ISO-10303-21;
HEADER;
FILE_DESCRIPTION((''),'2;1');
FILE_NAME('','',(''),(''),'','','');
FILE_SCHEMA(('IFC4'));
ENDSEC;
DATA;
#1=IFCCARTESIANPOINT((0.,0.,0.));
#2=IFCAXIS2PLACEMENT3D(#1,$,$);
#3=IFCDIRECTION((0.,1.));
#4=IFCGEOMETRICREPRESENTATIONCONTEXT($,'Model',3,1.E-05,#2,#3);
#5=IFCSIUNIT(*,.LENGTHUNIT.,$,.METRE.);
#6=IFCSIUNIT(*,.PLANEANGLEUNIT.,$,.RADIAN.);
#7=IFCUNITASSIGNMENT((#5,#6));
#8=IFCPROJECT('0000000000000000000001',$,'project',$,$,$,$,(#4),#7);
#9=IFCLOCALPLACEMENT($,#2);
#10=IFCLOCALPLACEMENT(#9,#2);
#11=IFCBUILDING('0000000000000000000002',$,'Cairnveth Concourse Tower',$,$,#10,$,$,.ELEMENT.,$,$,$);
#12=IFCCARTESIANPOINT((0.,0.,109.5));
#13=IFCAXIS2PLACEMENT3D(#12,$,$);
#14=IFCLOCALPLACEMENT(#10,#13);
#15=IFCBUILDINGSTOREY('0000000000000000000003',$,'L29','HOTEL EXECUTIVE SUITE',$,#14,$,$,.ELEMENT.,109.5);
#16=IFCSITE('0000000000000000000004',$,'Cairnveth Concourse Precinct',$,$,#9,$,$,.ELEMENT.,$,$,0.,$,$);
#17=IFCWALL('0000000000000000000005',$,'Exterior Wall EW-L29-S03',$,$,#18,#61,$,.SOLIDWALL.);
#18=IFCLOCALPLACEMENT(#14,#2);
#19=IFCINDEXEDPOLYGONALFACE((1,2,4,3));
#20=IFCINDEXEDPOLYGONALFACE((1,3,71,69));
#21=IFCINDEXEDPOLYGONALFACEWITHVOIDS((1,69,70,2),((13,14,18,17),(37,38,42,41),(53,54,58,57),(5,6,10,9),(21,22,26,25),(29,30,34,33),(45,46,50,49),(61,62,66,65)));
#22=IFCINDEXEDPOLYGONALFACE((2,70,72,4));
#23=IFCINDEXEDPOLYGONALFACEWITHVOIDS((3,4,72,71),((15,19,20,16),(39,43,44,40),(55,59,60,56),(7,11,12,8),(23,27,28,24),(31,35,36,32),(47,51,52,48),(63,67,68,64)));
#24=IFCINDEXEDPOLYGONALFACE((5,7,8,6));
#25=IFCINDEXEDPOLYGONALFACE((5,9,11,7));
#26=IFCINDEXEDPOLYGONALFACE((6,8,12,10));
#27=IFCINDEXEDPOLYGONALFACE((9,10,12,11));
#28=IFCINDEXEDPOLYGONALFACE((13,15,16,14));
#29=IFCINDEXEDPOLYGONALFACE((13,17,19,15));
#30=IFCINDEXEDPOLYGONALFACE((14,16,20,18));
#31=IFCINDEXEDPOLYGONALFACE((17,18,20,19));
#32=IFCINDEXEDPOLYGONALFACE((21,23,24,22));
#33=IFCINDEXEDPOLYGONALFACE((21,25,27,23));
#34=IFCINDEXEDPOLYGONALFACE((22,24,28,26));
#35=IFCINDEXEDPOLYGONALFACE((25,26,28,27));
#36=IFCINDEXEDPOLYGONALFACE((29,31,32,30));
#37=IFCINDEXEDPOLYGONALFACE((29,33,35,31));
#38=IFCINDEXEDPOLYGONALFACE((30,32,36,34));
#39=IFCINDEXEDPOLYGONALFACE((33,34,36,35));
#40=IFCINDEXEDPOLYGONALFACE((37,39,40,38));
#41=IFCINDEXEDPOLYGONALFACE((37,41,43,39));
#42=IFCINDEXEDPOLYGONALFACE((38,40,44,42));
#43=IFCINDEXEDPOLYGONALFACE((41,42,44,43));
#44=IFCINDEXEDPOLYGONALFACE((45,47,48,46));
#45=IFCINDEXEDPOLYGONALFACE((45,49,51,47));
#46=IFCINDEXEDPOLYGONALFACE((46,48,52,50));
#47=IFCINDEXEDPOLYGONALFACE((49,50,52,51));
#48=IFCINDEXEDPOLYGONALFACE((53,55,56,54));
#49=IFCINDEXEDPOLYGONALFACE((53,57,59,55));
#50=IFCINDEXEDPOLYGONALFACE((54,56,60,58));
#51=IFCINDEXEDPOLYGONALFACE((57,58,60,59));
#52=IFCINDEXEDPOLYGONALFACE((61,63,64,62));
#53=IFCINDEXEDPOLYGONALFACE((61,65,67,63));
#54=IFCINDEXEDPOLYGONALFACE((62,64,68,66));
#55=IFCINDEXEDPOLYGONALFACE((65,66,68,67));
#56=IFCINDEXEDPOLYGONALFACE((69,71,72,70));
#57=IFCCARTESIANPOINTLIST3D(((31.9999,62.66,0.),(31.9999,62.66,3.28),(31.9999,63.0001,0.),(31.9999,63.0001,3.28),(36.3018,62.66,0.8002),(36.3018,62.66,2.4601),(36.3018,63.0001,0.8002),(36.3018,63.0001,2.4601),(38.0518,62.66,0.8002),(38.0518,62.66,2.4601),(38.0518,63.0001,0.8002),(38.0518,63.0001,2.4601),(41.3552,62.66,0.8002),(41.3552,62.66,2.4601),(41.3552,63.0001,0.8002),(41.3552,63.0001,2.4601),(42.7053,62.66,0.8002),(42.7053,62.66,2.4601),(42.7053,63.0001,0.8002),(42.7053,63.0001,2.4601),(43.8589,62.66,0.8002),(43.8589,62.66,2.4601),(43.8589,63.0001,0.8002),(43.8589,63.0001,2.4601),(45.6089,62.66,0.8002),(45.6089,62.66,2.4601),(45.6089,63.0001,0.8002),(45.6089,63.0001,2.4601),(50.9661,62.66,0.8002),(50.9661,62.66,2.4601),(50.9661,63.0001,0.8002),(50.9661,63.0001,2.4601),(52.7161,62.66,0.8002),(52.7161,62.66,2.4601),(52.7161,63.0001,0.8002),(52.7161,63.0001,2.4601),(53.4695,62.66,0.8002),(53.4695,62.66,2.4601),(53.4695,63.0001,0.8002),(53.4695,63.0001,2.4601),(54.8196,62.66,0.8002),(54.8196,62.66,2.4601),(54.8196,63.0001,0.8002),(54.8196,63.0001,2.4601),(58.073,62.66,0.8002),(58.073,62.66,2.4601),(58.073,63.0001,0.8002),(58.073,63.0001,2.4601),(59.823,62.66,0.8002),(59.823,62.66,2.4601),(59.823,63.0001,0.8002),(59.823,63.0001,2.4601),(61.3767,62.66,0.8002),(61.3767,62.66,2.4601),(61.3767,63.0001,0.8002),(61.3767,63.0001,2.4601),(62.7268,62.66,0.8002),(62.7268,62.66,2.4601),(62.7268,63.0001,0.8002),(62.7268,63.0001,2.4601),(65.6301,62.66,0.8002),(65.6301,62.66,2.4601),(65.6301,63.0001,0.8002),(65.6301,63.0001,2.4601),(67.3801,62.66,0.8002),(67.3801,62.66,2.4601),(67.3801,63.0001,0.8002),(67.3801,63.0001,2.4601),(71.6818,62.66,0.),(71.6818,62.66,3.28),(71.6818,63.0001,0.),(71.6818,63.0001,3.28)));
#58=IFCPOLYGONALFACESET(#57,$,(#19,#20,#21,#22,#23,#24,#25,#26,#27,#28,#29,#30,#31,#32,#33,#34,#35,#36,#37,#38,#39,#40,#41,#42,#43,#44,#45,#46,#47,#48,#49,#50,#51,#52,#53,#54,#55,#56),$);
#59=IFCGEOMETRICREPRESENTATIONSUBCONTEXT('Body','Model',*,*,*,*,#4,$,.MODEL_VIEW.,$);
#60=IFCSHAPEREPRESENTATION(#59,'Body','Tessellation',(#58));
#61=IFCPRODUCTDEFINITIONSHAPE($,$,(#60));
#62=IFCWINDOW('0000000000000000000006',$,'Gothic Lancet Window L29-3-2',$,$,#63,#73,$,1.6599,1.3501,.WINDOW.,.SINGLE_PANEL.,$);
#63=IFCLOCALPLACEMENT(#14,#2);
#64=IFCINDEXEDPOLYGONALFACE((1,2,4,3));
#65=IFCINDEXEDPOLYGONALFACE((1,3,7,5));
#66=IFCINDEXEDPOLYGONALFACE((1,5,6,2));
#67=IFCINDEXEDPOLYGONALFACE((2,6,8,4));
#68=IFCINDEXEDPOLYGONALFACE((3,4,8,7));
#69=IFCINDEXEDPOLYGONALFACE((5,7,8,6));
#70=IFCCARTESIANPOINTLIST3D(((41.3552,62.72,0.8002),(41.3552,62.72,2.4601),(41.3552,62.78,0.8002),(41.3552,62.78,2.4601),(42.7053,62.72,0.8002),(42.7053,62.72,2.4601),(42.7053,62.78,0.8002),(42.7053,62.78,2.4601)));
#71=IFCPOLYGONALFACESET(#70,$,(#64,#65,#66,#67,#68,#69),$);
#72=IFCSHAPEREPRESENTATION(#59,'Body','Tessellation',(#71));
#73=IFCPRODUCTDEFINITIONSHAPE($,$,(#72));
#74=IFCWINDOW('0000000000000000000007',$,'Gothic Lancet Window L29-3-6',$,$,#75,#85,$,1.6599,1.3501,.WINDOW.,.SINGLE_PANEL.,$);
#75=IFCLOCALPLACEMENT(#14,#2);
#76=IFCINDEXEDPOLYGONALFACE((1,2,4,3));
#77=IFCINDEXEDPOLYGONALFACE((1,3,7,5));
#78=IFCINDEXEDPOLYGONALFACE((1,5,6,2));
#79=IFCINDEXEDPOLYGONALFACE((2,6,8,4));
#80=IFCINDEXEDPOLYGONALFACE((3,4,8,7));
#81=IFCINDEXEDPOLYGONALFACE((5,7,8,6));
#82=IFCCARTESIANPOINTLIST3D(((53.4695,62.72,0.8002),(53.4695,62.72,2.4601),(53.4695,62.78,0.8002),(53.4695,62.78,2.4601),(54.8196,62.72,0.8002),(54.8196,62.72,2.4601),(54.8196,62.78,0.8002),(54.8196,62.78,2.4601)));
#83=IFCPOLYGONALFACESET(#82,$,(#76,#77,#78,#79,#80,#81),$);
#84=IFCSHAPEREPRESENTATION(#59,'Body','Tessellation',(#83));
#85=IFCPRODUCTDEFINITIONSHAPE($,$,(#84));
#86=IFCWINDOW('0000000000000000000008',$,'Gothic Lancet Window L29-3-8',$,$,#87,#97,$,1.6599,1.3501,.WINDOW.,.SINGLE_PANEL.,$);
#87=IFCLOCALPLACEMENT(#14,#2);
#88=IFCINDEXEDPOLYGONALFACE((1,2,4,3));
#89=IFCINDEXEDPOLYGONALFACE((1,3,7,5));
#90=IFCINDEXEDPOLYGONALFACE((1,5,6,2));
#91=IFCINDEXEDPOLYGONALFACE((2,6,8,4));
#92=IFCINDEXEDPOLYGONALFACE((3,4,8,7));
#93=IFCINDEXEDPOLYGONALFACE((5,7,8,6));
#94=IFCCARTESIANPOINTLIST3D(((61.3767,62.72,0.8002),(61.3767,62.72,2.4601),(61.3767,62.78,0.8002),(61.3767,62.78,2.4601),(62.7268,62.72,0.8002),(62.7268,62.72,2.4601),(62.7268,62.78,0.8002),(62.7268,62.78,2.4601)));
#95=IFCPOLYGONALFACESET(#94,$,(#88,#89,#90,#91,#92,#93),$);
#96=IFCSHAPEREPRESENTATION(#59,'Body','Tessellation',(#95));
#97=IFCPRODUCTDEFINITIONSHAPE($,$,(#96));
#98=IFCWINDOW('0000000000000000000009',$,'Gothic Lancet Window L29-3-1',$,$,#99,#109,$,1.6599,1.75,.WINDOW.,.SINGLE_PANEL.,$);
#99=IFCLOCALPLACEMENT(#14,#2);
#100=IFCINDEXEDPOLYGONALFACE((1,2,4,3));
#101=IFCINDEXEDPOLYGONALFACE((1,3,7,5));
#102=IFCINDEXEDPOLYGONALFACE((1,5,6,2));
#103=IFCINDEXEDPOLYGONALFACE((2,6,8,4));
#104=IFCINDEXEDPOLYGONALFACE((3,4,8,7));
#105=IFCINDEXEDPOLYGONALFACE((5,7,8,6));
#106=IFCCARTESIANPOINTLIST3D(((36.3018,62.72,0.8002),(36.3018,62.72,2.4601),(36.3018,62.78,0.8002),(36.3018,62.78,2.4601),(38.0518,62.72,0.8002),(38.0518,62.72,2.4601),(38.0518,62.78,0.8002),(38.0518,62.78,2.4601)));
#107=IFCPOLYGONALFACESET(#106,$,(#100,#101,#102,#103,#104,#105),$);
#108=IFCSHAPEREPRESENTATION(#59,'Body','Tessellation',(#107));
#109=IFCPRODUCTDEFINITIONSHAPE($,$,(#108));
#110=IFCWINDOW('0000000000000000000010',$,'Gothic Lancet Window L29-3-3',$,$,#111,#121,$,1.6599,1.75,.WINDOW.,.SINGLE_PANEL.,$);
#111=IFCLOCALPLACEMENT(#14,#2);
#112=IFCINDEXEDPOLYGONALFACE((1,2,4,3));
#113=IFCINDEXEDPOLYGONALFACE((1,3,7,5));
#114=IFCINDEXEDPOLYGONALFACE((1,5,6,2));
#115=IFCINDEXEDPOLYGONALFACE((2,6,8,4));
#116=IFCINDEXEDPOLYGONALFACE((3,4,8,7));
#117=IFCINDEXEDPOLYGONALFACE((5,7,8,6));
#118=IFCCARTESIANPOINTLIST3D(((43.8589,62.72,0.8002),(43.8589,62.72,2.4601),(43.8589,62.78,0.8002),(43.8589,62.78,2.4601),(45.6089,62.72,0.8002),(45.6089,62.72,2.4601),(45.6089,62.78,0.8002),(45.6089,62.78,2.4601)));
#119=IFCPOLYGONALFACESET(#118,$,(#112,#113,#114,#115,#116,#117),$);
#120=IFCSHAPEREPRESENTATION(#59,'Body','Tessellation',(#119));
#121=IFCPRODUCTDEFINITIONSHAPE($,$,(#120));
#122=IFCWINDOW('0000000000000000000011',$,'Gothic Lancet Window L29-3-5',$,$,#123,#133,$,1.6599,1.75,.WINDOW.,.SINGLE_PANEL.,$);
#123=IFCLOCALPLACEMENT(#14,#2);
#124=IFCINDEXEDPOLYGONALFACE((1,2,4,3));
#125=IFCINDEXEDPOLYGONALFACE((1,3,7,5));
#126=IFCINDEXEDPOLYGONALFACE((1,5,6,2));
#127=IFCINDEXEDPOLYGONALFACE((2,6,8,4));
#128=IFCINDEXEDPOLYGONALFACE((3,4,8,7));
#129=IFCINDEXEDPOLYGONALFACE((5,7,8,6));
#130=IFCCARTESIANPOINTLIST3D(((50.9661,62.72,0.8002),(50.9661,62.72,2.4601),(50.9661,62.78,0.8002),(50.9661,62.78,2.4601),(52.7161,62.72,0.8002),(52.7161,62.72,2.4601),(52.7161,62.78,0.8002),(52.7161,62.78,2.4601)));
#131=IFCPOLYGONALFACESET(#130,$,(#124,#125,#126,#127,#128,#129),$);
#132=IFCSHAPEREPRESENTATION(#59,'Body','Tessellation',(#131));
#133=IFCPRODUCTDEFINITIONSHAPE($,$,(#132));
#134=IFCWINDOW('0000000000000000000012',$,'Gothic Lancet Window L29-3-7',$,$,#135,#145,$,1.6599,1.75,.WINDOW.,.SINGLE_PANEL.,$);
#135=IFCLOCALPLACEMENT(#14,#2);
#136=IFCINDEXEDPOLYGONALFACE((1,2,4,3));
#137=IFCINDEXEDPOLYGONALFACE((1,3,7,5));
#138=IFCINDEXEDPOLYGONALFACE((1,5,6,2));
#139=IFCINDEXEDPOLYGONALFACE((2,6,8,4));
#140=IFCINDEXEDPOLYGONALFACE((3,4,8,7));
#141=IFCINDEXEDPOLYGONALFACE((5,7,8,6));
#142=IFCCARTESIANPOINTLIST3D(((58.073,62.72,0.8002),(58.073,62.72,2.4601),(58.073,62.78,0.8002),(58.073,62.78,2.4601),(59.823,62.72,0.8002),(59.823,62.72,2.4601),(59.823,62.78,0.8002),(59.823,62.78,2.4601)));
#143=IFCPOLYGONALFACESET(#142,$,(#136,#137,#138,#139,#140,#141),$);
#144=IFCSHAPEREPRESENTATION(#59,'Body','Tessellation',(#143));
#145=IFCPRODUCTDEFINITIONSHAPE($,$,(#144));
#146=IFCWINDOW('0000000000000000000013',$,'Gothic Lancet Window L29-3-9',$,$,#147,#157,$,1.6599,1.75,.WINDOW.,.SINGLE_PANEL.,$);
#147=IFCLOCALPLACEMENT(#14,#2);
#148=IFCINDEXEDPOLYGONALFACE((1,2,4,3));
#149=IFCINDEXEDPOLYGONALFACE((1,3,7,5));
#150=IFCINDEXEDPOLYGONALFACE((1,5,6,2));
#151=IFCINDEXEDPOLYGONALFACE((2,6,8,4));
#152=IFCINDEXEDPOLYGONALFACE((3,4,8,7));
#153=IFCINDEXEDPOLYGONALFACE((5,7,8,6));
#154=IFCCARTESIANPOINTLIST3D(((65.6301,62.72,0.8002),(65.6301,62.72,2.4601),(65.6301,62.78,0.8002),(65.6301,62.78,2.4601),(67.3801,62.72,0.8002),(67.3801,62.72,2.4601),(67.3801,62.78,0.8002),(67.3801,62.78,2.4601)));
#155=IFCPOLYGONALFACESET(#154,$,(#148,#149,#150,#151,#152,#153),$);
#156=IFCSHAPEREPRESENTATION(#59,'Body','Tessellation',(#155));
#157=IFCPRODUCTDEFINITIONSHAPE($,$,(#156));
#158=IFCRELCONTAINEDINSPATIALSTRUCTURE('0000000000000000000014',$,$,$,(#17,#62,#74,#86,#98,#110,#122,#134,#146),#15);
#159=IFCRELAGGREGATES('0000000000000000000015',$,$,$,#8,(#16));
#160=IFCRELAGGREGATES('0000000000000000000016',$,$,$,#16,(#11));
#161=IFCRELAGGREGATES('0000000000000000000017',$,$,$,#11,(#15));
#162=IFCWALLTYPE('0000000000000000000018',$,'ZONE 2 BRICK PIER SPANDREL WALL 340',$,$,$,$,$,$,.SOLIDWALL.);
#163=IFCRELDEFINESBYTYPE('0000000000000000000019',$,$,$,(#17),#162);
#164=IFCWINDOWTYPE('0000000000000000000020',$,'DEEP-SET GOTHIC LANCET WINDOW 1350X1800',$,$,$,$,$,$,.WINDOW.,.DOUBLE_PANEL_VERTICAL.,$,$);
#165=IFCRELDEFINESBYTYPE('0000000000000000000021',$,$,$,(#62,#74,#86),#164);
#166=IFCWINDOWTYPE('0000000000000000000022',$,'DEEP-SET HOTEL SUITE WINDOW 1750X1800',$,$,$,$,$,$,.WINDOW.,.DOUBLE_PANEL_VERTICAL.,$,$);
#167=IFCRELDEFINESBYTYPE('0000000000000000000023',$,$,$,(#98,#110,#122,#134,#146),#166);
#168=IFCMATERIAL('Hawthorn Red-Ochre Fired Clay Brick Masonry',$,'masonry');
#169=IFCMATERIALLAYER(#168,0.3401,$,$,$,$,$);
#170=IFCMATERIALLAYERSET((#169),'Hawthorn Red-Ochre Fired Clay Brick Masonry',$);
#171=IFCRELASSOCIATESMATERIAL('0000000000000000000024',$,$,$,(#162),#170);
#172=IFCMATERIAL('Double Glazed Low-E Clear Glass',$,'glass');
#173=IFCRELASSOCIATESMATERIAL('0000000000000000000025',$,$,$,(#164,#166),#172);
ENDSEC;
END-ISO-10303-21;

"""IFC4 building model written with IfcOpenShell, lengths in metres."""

from ifc_helpers import new_model, si_unit, direction, frame, frame_2d, origin, place, context, subcontext, project, spatial, rectangle, extrude, material, layer, layer_set, type_object, element, fill, save


model = new_model("IFC4")

# Units and contexts
model_context = context("Model", 3, precision=1e-05, world=origin(), true_north=direction((0.0, 1.0)))
body_context = subcontext(model_context, "Body", "Model", "MODEL_VIEW")
ifc_project = project(units=[si_unit("LENGTHUNIT", "METRE"), si_unit("PLANEANGLEUNIT", "RADIAN")], contexts=[model_context])

# Site, building, storey
site_placement = place(None, origin())
site = spatial("IfcSite", under=ifc_project, at=site_placement, Name="Cairnveth Concourse Precinct", CompositionType="ELEMENT", RefElevation=0.0)
building_placement = place(site_placement, origin())
building = spatial("IfcBuilding", under=site, at=building_placement, Name="Cairnveth Concourse Tower", CompositionType="ELEMENT")
storey_placement = place(building_placement, frame((0.0, 0.0, 109.5)))
storey = spatial("IfcBuildingStorey", under=building, at=storey_placement, Name="L29", Description="HOTEL EXECUTIVE SUITE", CompositionType="ELEMENT", Elevation=109.5)

# Shared definitions
ifc_material_1 = material(Name="Hawthorn Red-Ochre Fired Clay Brick Masonry", Category="masonry")
ifc_layer_1 = layer(ifc_material_1, 0.3401)
ifc_layer_set_1 = layer_set([ifc_layer_1], Name="Hawthorn Red-Ochre Fired Clay Brick Masonry")
wall_type_1 = type_object("IfcWallType", Name="ZONE 2 BRICK PIER SPANDREL WALL 340", PredefinedType="SOLIDWALL", material=ifc_layer_set_1)

# Wall, openings, windows
wall_1_placement = place(storey_placement, frame((32.0, 62.8301, 0.0), z_axis=(0.0, 0.0, 1.0), x_axis=(1.0, 0.0, 0.0)))
wall_1 = element("IfcWall", 1, at=wall_1_placement, inside=storey, type_object=wall_type_1, Name="Exterior Wall EW-L29-S03", PredefinedType="SOLIDWALL", context=body_context, shape_type="SweptSolid", body=[
    extrude(rectangle(XDim=39.6819, YDim=0.3401, at=frame_2d((19.8408, 0.0))), origin(), (0.0, 0.0, 1.0), 3.28),
])
opening_1_placement = place(wall_1_placement, frame((4.3018, 0.0, 0.8)))
opening_1 = element("IfcOpeningElement", 2, at=opening_1_placement, cuts=wall_1, PredefinedType="OPENING", context=body_context, shape_type="SweptSolid", body=[
    extrude(rectangle(XDim=1.75, YDim=1.6599, at=frame_2d((0.875, 0.8301))), frame((0.0, 0.1799, 0.0), z_axis=(0.0, -1.0, 0.0), x_axis=(1.0, 0.0, 0.0)), (0.0, 0.0, 1.0), 0.3601),
])
opening_2_placement = place(wall_1_placement, frame((9.3552, 0.0, 0.8)))
opening_2 = element("IfcOpeningElement", 3, at=opening_2_placement, cuts=wall_1, PredefinedType="OPENING", context=body_context, shape_type="SweptSolid", body=[
    extrude(rectangle(XDim=1.3501, YDim=1.6599, at=frame_2d((0.675, 0.8301))), frame((0.0, 0.1799, 0.0), z_axis=(0.0, -1.0, 0.0), x_axis=(1.0, 0.0, 0.0)), (0.0, 0.0, 1.0), 0.3601),
])
opening_3_placement = place(wall_1_placement, frame((11.8589, 0.0, 0.8)))
opening_3 = element("IfcOpeningElement", 4, at=opening_3_placement, cuts=wall_1, PredefinedType="OPENING", context=body_context, shape_type="SweptSolid", body=[
    extrude(rectangle(XDim=1.75, YDim=1.6599, at=frame_2d((0.875, 0.8301))), frame((0.0, 0.1799, 0.0), z_axis=(0.0, -1.0, 0.0), x_axis=(1.0, 0.0, 0.0)), (0.0, 0.0, 1.0), 0.3601),
])
opening_4_placement = place(wall_1_placement, frame((18.9661, 0.0, 0.8)))
opening_4 = element("IfcOpeningElement", 5, at=opening_4_placement, cuts=wall_1, PredefinedType="OPENING", context=body_context, shape_type="SweptSolid", body=[
    extrude(rectangle(XDim=1.75, YDim=1.6599, at=frame_2d((0.875, 0.8301))), frame((0.0, 0.1799, 0.0), z_axis=(0.0, -1.0, 0.0), x_axis=(1.0, 0.0, 0.0)), (0.0, 0.0, 1.0), 0.3601),
])
opening_5_placement = place(wall_1_placement, frame((21.4695, 0.0, 0.8)))
opening_5 = element("IfcOpeningElement", 6, at=opening_5_placement, cuts=wall_1, PredefinedType="OPENING", context=body_context, shape_type="SweptSolid", body=[
    extrude(rectangle(XDim=1.3501, YDim=1.6599, at=frame_2d((0.675, 0.8301))), frame((0.0, 0.1799, 0.0), z_axis=(0.0, -1.0, 0.0), x_axis=(1.0, 0.0, 0.0)), (0.0, 0.0, 1.0), 0.3601),
])
opening_6_placement = place(wall_1_placement, frame((26.073, 0.0, 0.8)))
opening_6 = element("IfcOpeningElement", 7, at=opening_6_placement, cuts=wall_1, PredefinedType="OPENING", context=body_context, shape_type="SweptSolid", body=[
    extrude(rectangle(XDim=1.75, YDim=1.6599, at=frame_2d((0.875, 0.8301))), frame((0.0, 0.1799, 0.0), z_axis=(0.0, -1.0, 0.0), x_axis=(1.0, 0.0, 0.0)), (0.0, 0.0, 1.0), 0.3601),
])
opening_7_placement = place(wall_1_placement, frame((29.3767, 0.0, 0.8)))
opening_7 = element("IfcOpeningElement", 8, at=opening_7_placement, cuts=wall_1, PredefinedType="OPENING", context=body_context, shape_type="SweptSolid", body=[
    extrude(rectangle(XDim=1.3501, YDim=1.6599, at=frame_2d((0.675, 0.8301))), frame((0.0, 0.1799, 0.0), z_axis=(0.0, -1.0, 0.0), x_axis=(1.0, 0.0, 0.0)), (0.0, 0.0, 1.0), 0.3601),
])
opening_8_placement = place(wall_1_placement, frame((33.6301, 0.0, 0.8)))
opening_8 = element("IfcOpeningElement", 9, at=opening_8_placement, cuts=wall_1, PredefinedType="OPENING", context=body_context, shape_type="SweptSolid", body=[
    extrude(rectangle(XDim=1.75, YDim=1.6599, at=frame_2d((0.875, 0.8301))), frame((0.0, 0.1799, 0.0), z_axis=(0.0, -1.0, 0.0), x_axis=(1.0, 0.0, 0.0)), (0.0, 0.0, 1.0), 0.3601),
])
ifc_material_2 = material(Name="Double Glazed Low-E Clear Glass", Category="glass")
window_type_1 = type_object("IfcWindowType", Name="DEEP-SET GOTHIC LANCET WINDOW 1350X1800", PartitioningType="DOUBLE_PANEL_VERTICAL", PredefinedType="WINDOW", material=ifc_material_2)
window_1_placement = place(opening_2_placement, origin())
window_1 = element("IfcWindow", 10, at=window_1_placement, inside=storey, type_object=window_type_1, Name="Gothic Lancet Window L29-3-2", OverallHeight=1.6599, OverallWidth=1.3501, PartitioningType="SINGLE_PANEL", PredefinedType="WINDOW", context=body_context, shape_type="SweptSolid", body=[
    extrude(rectangle(XDim=1.3501, YDim=1.6599, at=frame_2d((0.675, 0.8301))), frame((0.0, -0.05, 0.0), z_axis=(0.0, -1.0, 0.0), x_axis=(1.0, 0.0, 0.0)), (0.0, 0.0, 1.0), 0.0601),
])
fill(opening_2, window_1)
window_2_placement = place(opening_5_placement, origin())
window_2 = element("IfcWindow", 11, at=window_2_placement, inside=storey, type_object=window_type_1, Name="Gothic Lancet Window L29-3-6", OverallHeight=1.6599, OverallWidth=1.3501, PartitioningType="SINGLE_PANEL", PredefinedType="WINDOW", context=body_context, shape_type="SweptSolid", body=[
    extrude(rectangle(XDim=1.3501, YDim=1.6599, at=frame_2d((0.675, 0.8301))), frame((0.0, -0.05, 0.0), z_axis=(0.0, -1.0, 0.0), x_axis=(1.0, 0.0, 0.0)), (0.0, 0.0, 1.0), 0.0601),
])
fill(opening_5, window_2)
window_3_placement = place(opening_7_placement, origin())
window_3 = element("IfcWindow", 12, at=window_3_placement, inside=storey, type_object=window_type_1, Name="Gothic Lancet Window L29-3-8", OverallHeight=1.6599, OverallWidth=1.3501, PartitioningType="SINGLE_PANEL", PredefinedType="WINDOW", context=body_context, shape_type="SweptSolid", body=[
    extrude(rectangle(XDim=1.3501, YDim=1.6599, at=frame_2d((0.675, 0.8301))), frame((0.0, -0.05, 0.0), z_axis=(0.0, -1.0, 0.0), x_axis=(1.0, 0.0, 0.0)), (0.0, 0.0, 1.0), 0.0601),
])
fill(opening_7, window_3)
window_type_2 = type_object("IfcWindowType", Name="DEEP-SET HOTEL SUITE WINDOW 1750X1800", PartitioningType="DOUBLE_PANEL_VERTICAL", PredefinedType="WINDOW", material=ifc_material_2)
window_4_placement = place(opening_1_placement, origin())
window_4 = element("IfcWindow", 13, at=window_4_placement, inside=storey, type_object=window_type_2, Name="Gothic Lancet Window L29-3-1", OverallHeight=1.6599, OverallWidth=1.75, PartitioningType="SINGLE_PANEL", PredefinedType="WINDOW", context=body_context, shape_type="SweptSolid", body=[
    extrude(rectangle(XDim=1.75, YDim=1.6599, at=frame_2d((0.875, 0.8301))), frame((0.0, -0.05, 0.0), z_axis=(0.0, -1.0, 0.0), x_axis=(1.0, 0.0, 0.0)), (0.0, 0.0, 1.0), 0.0601),
])
fill(opening_1, window_4)
window_5_placement = place(opening_3_placement, origin())
window_5 = element("IfcWindow", 14, at=window_5_placement, inside=storey, type_object=window_type_2, Name="Gothic Lancet Window L29-3-3", OverallHeight=1.6599, OverallWidth=1.75, PartitioningType="SINGLE_PANEL", PredefinedType="WINDOW", context=body_context, shape_type="SweptSolid", body=[
    extrude(rectangle(XDim=1.75, YDim=1.6599, at=frame_2d((0.875, 0.8301))), frame((0.0, -0.05, 0.0), z_axis=(0.0, -1.0, 0.0), x_axis=(1.0, 0.0, 0.0)), (0.0, 0.0, 1.0), 0.0601),
])
fill(opening_3, window_5)
window_6_placement = place(opening_4_placement, origin())
window_6 = element("IfcWindow", 15, at=window_6_placement, inside=storey, type_object=window_type_2, Name="Gothic Lancet Window L29-3-5", OverallHeight=1.6599, OverallWidth=1.75, PartitioningType="SINGLE_PANEL", PredefinedType="WINDOW", context=body_context, shape_type="SweptSolid", body=[
    extrude(rectangle(XDim=1.75, YDim=1.6599, at=frame_2d((0.875, 0.8301))), frame((0.0, -0.05, 0.0), z_axis=(0.0, -1.0, 0.0), x_axis=(1.0, 0.0, 0.0)), (0.0, 0.0, 1.0), 0.0601),
])
fill(opening_4, window_6)
window_7_placement = place(opening_6_placement, origin())
window_7 = element("IfcWindow", 16, at=window_7_placement, inside=storey, type_object=window_type_2, Name="Gothic Lancet Window L29-3-7", OverallHeight=1.6599, OverallWidth=1.75, PartitioningType="SINGLE_PANEL", PredefinedType="WINDOW", context=body_context, shape_type="SweptSolid", body=[
    extrude(rectangle(XDim=1.75, YDim=1.6599, at=frame_2d((0.875, 0.8301))), frame((0.0, -0.05, 0.0), z_axis=(0.0, -1.0, 0.0), x_axis=(1.0, 0.0, 0.0)), (0.0, 0.0, 1.0), 0.0601),
])
fill(opening_6, window_7)
window_8_placement = place(opening_8_placement, origin())
window_8 = element("IfcWindow", 17, at=window_8_placement, inside=storey, type_object=window_type_2, Name="Gothic Lancet Window L29-3-9", OverallHeight=1.6599, OverallWidth=1.75, PartitioningType="SINGLE_PANEL", PredefinedType="WINDOW", context=body_context, shape_type="SweptSolid", body=[
    extrude(rectangle(XDim=1.75, YDim=1.6599, at=frame_2d((0.875, 0.8301))), frame((0.0, -0.05, 0.0), z_axis=(0.0, -1.0, 0.0), x_axis=(1.0, 0.0, 0.0)), (0.0, 0.0, 1.0), 0.0601),
])
fill(opening_8, window_8)

save(model, "model.ifc")
